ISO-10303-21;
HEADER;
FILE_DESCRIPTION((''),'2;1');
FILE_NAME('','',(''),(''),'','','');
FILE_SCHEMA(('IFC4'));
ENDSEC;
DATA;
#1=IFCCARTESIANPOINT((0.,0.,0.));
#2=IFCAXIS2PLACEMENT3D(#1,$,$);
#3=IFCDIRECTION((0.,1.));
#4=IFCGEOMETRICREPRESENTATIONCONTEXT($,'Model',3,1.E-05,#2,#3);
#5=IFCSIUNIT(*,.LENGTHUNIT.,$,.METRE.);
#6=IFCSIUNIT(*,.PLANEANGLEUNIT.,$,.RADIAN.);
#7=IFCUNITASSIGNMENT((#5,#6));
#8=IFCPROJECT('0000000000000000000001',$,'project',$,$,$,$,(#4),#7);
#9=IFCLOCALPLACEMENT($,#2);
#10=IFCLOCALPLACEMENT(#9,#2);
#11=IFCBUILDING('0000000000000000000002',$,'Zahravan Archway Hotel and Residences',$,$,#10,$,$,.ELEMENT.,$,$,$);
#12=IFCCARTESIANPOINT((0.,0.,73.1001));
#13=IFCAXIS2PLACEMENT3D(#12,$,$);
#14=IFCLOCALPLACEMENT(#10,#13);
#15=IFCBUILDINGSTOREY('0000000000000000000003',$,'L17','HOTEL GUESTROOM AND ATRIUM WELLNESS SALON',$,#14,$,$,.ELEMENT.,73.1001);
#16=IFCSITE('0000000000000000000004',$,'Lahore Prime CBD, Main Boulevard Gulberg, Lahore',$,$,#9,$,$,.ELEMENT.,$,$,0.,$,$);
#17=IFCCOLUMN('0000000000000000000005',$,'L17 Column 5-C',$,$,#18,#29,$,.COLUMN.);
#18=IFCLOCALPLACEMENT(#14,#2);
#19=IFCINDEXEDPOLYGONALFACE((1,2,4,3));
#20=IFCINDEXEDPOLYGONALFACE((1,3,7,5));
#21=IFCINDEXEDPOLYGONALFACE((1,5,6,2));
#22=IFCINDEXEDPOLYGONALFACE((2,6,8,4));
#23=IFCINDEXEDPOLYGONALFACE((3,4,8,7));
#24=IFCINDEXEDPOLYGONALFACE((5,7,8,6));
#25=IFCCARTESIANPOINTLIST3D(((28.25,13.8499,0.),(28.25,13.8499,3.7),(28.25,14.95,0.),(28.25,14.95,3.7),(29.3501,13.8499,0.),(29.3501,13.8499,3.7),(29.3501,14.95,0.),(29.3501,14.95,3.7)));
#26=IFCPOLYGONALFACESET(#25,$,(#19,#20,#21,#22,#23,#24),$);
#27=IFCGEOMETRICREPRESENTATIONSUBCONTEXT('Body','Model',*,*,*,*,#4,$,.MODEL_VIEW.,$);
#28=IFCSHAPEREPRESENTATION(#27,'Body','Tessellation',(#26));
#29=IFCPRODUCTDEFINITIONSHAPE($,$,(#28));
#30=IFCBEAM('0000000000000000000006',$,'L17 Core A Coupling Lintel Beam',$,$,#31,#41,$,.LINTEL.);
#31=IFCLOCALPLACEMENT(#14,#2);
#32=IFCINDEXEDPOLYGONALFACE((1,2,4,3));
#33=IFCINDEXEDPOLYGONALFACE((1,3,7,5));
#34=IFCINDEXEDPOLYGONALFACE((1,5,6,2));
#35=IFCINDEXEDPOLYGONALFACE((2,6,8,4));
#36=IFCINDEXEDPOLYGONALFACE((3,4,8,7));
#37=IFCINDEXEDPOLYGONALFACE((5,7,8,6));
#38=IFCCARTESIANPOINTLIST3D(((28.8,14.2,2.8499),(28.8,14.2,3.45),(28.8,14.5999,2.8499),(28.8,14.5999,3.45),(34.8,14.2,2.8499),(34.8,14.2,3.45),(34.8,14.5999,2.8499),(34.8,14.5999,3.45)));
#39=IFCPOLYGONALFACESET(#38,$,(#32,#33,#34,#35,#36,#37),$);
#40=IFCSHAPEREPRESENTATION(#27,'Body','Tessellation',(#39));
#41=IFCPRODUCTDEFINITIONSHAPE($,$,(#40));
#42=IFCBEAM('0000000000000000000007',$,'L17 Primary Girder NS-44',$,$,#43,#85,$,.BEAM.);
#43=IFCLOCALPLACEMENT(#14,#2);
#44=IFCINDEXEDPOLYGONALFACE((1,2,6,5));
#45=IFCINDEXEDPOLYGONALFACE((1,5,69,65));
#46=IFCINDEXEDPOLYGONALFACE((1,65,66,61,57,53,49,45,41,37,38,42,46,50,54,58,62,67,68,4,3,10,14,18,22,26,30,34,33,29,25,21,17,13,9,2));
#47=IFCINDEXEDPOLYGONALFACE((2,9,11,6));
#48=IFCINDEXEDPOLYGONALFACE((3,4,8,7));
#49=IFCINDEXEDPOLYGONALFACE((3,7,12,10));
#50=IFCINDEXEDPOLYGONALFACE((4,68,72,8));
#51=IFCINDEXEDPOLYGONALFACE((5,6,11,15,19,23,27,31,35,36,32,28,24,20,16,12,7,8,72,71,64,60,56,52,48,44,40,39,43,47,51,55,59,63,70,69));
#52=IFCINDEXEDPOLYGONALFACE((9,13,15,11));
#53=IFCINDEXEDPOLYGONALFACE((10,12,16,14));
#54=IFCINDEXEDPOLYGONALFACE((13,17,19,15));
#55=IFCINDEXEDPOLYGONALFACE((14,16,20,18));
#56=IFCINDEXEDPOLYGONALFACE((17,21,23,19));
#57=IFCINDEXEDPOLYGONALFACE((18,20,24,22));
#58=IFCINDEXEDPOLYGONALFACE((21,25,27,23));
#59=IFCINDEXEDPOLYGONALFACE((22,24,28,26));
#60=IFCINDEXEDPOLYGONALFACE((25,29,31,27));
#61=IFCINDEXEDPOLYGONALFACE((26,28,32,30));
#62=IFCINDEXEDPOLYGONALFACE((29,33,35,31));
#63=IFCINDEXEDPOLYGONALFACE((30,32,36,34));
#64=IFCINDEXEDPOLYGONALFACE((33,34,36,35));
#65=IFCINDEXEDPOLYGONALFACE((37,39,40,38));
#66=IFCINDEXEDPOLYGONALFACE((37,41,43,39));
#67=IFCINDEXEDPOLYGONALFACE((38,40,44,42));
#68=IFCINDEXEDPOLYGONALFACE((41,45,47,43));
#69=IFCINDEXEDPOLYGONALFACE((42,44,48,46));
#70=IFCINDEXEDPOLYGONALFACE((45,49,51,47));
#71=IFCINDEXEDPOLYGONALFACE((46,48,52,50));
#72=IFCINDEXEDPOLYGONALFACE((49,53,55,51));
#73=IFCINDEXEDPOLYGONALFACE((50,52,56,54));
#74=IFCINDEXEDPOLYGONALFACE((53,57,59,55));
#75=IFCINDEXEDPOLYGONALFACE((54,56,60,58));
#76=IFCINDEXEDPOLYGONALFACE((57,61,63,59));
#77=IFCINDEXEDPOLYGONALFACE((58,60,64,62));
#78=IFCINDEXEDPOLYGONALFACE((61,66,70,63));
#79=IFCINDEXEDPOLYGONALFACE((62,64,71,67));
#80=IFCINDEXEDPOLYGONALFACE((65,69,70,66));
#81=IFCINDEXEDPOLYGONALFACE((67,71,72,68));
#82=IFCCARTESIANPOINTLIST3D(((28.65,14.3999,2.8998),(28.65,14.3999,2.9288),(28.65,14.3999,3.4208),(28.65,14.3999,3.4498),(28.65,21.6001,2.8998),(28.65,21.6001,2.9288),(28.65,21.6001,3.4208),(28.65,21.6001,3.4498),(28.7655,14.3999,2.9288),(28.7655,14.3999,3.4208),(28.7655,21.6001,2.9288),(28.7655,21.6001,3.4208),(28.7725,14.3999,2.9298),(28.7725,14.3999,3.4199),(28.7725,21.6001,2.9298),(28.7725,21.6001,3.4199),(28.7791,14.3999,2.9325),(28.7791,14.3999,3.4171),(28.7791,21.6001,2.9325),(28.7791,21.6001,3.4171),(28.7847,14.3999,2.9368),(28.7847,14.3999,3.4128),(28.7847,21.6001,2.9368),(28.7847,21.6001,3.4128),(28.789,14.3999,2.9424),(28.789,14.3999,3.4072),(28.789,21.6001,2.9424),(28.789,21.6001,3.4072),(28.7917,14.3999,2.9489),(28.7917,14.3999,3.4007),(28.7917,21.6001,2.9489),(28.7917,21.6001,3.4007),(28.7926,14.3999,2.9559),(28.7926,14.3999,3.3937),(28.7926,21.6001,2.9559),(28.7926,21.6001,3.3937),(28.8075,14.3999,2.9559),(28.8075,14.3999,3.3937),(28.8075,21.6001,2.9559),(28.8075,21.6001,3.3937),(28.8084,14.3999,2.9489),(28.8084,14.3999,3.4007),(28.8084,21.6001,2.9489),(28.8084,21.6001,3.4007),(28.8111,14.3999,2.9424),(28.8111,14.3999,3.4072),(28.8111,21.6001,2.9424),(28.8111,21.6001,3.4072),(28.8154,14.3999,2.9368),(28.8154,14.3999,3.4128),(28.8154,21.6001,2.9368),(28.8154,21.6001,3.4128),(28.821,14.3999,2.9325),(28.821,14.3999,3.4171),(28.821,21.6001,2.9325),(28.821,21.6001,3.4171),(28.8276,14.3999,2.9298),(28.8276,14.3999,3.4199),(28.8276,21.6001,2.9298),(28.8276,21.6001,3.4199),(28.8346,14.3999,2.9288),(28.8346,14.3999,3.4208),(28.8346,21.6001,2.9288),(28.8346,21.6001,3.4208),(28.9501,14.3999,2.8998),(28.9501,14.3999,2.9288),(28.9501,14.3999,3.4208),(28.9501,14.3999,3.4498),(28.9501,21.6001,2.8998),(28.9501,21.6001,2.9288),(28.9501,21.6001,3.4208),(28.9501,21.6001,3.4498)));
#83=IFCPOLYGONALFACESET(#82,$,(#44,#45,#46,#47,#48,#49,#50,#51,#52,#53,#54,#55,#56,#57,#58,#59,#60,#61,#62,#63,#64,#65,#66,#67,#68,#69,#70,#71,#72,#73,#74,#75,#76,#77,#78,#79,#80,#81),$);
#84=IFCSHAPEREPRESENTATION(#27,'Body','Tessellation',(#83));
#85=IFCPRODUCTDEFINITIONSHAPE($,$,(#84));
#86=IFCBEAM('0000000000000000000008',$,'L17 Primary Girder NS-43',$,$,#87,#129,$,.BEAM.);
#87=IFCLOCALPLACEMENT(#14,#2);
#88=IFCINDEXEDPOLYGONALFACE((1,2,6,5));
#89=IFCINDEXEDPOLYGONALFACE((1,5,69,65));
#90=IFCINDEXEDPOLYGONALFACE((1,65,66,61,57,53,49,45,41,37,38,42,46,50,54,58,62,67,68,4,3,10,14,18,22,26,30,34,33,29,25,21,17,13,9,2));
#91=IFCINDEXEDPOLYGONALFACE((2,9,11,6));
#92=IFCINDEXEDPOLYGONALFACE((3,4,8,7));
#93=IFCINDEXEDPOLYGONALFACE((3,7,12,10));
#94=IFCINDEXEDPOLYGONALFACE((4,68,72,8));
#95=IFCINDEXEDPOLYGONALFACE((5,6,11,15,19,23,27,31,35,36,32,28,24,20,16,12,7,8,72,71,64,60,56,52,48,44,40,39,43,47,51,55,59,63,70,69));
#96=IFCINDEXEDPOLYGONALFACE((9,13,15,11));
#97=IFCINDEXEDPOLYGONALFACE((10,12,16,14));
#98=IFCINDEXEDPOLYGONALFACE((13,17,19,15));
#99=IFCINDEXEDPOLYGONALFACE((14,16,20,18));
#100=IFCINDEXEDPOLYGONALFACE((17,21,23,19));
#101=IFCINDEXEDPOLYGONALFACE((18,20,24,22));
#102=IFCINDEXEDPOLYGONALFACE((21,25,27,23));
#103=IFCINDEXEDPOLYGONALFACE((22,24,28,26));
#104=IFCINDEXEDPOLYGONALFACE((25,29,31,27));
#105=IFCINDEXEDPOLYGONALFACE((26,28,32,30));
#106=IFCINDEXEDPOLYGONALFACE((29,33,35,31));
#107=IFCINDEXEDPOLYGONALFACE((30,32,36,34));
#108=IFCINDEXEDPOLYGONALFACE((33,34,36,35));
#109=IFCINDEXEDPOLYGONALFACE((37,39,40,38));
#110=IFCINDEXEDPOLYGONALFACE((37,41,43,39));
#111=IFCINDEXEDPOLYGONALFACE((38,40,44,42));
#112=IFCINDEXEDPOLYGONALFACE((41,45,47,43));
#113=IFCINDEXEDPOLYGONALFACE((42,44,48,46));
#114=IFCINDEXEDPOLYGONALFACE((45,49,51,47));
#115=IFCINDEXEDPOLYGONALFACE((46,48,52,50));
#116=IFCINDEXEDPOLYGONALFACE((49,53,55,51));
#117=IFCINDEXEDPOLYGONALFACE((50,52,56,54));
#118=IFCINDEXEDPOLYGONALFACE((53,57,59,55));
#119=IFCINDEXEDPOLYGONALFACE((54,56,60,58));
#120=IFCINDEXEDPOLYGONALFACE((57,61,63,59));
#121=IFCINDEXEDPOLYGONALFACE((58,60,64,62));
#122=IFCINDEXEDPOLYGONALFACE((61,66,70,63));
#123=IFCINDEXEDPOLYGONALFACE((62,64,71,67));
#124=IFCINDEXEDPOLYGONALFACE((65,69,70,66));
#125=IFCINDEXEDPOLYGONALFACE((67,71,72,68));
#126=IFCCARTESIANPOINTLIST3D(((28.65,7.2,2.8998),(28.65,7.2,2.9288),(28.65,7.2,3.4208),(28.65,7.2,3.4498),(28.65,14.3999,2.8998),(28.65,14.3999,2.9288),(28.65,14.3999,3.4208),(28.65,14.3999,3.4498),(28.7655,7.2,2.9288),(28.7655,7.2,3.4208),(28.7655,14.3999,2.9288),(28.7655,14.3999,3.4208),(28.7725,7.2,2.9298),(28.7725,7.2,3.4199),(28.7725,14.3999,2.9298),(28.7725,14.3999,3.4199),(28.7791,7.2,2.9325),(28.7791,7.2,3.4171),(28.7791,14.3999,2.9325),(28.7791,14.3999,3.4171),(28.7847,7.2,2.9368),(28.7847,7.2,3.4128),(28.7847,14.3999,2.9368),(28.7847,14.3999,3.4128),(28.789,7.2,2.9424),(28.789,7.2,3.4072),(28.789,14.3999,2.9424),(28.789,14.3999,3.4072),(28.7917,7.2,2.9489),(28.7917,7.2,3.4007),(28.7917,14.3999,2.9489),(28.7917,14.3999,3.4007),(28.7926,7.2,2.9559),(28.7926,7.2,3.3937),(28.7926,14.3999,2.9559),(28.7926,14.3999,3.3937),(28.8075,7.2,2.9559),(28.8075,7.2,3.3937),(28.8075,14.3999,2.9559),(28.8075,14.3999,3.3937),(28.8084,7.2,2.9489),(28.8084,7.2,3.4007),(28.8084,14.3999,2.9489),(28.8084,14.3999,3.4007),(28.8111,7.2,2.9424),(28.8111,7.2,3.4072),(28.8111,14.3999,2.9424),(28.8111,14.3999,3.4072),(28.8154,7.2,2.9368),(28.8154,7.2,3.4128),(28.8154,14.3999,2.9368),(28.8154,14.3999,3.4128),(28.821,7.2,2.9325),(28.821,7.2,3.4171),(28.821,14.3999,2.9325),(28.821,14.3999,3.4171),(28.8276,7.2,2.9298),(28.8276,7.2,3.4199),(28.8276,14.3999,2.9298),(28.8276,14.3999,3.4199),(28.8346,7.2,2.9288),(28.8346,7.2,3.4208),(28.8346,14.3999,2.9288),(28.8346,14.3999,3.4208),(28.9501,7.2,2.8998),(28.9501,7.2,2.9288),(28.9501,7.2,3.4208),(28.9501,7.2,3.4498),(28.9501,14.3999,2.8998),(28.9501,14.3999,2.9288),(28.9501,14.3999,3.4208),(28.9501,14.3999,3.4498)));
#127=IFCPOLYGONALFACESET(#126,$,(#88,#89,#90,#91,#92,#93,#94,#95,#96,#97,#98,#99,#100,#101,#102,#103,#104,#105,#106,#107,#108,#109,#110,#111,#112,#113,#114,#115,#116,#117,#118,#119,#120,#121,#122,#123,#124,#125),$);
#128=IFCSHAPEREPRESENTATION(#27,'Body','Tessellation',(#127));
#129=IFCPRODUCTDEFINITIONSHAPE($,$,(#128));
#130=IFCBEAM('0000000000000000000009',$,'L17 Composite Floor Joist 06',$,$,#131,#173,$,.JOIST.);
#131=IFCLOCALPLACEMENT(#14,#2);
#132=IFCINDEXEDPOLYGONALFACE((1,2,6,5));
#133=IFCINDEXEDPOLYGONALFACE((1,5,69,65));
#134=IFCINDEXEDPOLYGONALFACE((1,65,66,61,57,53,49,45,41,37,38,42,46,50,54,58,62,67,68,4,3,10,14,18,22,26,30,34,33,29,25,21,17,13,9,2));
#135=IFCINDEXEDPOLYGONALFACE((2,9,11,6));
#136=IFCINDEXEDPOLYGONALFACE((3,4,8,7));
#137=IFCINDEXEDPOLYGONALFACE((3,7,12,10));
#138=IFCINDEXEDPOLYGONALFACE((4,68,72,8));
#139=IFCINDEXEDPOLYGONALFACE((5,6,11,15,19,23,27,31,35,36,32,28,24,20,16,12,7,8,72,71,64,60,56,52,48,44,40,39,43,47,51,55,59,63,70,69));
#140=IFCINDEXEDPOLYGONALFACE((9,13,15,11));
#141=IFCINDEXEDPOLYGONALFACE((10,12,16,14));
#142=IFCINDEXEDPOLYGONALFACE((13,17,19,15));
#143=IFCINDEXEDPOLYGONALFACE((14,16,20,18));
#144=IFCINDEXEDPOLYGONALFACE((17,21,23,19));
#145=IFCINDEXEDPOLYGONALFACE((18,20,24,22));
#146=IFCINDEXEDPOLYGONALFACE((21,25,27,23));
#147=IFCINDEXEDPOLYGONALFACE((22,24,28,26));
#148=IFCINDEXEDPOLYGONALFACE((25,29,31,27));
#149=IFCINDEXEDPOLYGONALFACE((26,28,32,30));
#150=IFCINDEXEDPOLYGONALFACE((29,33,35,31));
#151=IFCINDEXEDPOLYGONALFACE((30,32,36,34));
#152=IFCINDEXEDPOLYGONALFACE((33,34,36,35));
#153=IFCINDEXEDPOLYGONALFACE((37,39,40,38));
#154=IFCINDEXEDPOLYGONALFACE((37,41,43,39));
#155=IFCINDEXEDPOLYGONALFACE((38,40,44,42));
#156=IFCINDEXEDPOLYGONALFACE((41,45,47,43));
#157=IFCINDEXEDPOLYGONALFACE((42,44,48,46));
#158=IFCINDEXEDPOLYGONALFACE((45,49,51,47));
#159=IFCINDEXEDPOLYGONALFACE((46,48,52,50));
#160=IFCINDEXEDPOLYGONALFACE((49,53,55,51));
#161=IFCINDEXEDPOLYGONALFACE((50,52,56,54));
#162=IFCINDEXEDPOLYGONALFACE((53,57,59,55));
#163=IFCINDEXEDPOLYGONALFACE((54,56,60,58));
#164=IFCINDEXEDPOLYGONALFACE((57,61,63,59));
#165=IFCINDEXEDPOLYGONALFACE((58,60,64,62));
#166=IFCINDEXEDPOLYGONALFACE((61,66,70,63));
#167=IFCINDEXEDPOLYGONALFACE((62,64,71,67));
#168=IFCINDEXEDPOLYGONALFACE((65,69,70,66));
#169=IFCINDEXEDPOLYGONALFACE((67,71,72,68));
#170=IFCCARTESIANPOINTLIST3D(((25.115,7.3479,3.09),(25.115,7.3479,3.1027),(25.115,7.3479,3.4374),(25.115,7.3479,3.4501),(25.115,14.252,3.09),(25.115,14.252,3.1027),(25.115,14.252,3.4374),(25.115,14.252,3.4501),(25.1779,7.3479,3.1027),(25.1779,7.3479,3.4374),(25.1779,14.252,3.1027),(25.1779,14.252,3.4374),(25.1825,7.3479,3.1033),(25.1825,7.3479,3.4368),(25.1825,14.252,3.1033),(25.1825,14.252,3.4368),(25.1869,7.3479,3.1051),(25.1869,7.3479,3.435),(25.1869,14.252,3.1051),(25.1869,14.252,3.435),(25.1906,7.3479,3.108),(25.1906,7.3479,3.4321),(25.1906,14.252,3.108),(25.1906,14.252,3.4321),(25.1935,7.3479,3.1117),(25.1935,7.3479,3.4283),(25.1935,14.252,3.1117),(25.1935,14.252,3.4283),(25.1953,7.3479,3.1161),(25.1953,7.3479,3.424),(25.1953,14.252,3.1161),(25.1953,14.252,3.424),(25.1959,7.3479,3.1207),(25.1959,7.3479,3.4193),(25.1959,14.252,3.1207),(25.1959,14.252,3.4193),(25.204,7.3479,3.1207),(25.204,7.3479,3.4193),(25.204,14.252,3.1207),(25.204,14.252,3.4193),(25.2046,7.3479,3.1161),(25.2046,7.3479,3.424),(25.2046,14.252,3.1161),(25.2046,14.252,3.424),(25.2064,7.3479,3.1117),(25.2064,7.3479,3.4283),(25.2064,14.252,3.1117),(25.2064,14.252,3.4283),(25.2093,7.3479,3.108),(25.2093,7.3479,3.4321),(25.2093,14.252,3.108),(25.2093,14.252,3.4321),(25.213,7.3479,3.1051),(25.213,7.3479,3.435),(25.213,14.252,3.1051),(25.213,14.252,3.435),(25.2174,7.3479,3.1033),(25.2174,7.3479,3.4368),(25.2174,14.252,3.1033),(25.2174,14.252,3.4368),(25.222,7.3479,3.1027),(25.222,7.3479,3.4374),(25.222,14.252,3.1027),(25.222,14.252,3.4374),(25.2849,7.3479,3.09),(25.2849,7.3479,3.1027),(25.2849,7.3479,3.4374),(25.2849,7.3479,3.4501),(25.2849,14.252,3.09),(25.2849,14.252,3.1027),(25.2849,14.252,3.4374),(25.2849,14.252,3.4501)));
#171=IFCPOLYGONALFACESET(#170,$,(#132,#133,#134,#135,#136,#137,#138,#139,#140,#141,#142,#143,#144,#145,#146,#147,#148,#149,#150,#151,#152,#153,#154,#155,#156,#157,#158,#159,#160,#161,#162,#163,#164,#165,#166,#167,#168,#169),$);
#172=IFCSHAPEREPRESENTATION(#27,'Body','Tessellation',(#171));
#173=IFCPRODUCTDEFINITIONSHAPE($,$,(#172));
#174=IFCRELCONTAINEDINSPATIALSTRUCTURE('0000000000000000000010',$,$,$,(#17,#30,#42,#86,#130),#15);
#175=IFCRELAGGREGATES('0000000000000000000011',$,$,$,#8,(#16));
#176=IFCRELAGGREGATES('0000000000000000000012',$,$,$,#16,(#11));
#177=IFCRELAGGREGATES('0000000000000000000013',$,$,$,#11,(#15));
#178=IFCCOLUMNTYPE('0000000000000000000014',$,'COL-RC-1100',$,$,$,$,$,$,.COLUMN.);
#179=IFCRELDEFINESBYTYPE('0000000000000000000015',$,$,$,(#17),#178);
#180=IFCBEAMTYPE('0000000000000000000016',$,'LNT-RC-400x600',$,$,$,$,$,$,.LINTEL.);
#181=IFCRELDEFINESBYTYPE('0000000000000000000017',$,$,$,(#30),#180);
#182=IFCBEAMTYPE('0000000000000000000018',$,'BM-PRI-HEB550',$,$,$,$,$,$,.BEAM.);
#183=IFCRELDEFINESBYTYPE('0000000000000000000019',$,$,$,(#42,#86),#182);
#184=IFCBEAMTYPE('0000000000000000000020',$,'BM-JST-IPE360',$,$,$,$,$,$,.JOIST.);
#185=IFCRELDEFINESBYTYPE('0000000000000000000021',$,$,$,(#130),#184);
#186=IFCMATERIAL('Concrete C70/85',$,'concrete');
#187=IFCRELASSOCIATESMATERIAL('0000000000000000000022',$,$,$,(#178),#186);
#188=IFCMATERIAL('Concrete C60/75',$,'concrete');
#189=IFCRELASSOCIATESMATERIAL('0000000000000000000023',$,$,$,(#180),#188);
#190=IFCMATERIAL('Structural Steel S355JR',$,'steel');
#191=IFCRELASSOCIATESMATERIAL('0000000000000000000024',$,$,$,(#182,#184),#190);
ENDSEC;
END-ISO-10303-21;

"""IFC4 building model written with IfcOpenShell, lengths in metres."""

from ifc_helpers import new_model, si_unit, direction, frame, origin, origin_2d, place, context, subcontext, project, spatial, rectangle, i_section, extrude, source, transform, mapped, material, material_profile, profile_set, type_object, type_shapes, element, save


model = new_model("IFC4")

# Units and contexts
model_context = context("Model", 3, precision=1e-05, world=origin(), true_north=direction((0.0, 1.0)))
body_context = subcontext(model_context, "Body", "Model", "MODEL_VIEW")
ifc_project = project(units=[si_unit("LENGTHUNIT", "METRE"), si_unit("PLANEANGLEUNIT", "RADIAN")], contexts=[model_context])

# Site, building, storey
site_placement = place(None, origin())
site = spatial("IfcSite", under=ifc_project, at=site_placement, Name="Lahore Prime CBD, Main Boulevard Gulberg, Lahore", CompositionType="ELEMENT", RefElevation=0.0)
building_placement = place(site_placement, origin())
building = spatial("IfcBuilding", under=site, at=building_placement, Name="Zahravan Archway Hotel and Residences", CompositionType="ELEMENT")
storey_placement = place(building_placement, frame((0.0, 0.0, 73.1001)))
storey = spatial("IfcBuildingStorey", under=building, at=storey_placement, Name="L17", Description="HOTEL GUESTROOM AND ATRIUM WELLNESS SALON", CompositionType="ELEMENT", Elevation=73.1001)

# Column
ifc_material_1 = material(Name="Concrete C70/85", Category="concrete")
ifc_material_profile_1 = material_profile(ifc_material_1, rectangle(XDim=1.1001, YDim=1.1001, at=origin_2d()), Name="RC 1100x1100", Category="concrete")
ifc_profile_set_1 = profile_set([ifc_material_profile_1], Name="Concrete C70/85")
column_type = type_object("IfcColumnType", Name="COL-RC-1100", PredefinedType="COLUMN", material=ifc_profile_set_1)
shared_shape_1 = source(origin(), body_context, "Body", "SweptSolid", [
    extrude(rectangle(XDim=1.1001, YDim=1.1001, at=origin_2d()), origin(), (0.0, 0.0, 1.0), 3.7),
])
column_placement = place(storey_placement, frame((28.8, 14.3999, 0.0), z_axis=(0.0, 0.0, 1.0), x_axis=(1.0, 0.0, 0.0)))
element("IfcColumn", 1, at=column_placement, inside=storey, type_object=column_type, Name="L17 Column 5-C", PredefinedType="COLUMN", context=body_context, shape_type="MappedRepresentation", body=[
    mapped(shared_shape_1, transform((0.0, 0.0, 0.0), scale=1.0)),
])

# Beams
ifc_material_2 = material(Name="Concrete C60/75", Category="concrete")
ifc_material_profile_2 = material_profile(ifc_material_2, rectangle(XDim=0.3999, YDim=0.6001, at=origin_2d()), Name="RC-LNT-400x600", Category="concrete")
ifc_profile_set_2 = profile_set([ifc_material_profile_2], Name="Concrete C60/75")
beam_type_1 = type_object("IfcBeamType", Name="LNT-RC-400x600", PredefinedType="LINTEL", material=ifc_profile_set_2)
shared_shape_2 = source(origin(), body_context, "Body", "SweptSolid", [
    extrude(rectangle(XDim=0.3999, YDim=0.6001, at=origin_2d()), origin(), (0.0, 0.0, 1.0), 6.0),
])
type_shapes(beam_type_1, [shared_shape_2])
beam_1_placement = place(storey_placement, frame((28.8, 14.3999, 3.1499), z_axis=(1.0, 0.0, 0.0), x_axis=(0.0, 1.0, 0.0)))
element("IfcBeam", 2, at=beam_1_placement, inside=storey, type_object=beam_type_1, Name="L17 Core A Coupling Lintel Beam", PredefinedType="LINTEL", context=body_context, shape_type="MappedRepresentation", body=[
    mapped(shared_shape_2, transform((0.0, 0.0, 0.0), scale=1.0)),
])
ifc_material_3 = material(Name="Structural Steel S355JR", Category="steel")
ifc_material_profile_3 = material_profile(ifc_material_3, i_section(OverallWidth=0.3, OverallDepth=0.55, WebThickness=0.0149, FlangeThickness=0.0291, FilletRadius=0.0271, at=origin_2d()), Name="HEB 550", Category="steel")
ifc_profile_set_3 = profile_set([ifc_material_profile_3], Name="Structural Steel S355JR")
beam_type_2 = type_object("IfcBeamType", Name="BM-PRI-HEB550", PredefinedType="BEAM", material=ifc_profile_set_3)
shared_shape_3 = source(origin(), body_context, "Body", "SweptSolid", [
    extrude(i_section(OverallWidth=0.3, OverallDepth=0.55, WebThickness=0.0149, FlangeThickness=0.0291, FilletRadius=0.0271, at=origin_2d()), origin(), (0.0, 0.0, 1.0), 7.2002),
])
type_shapes(beam_type_2, [shared_shape_3])
beam_2_placement = place(storey_placement, frame((28.8, 14.3999, 3.1748), z_axis=(0.0, 1.0, 0.0), x_axis=(-1.0, 0.0, 0.0)))
element("IfcBeam", 3, at=beam_2_placement, inside=storey, type_object=beam_type_2, Name="L17 Primary Girder NS-44", PredefinedType="BEAM", context=body_context, shape_type="MappedRepresentation", body=[
    mapped(shared_shape_3, transform((0.0, 0.0, 0.0), scale=1.0)),
])
shared_shape_4 = source(origin(), body_context, "Body", "SweptSolid", [
    extrude(i_section(OverallWidth=0.3, OverallDepth=0.55, WebThickness=0.0149, FlangeThickness=0.0291, FilletRadius=0.0271, at=origin_2d()), origin(), (0.0, 0.0, 1.0), 7.2),
])
beam_3_placement = place(storey_placement, frame((28.8, 7.2, 3.1748), z_axis=(0.0, 1.0, 0.0), x_axis=(-1.0, 0.0, 0.0)))
element("IfcBeam", 4, at=beam_3_placement, inside=storey, type_object=beam_type_2, Name="L17 Primary Girder NS-43", PredefinedType="BEAM", context=body_context, shape_type="MappedRepresentation", body=[
    mapped(shared_shape_4, transform((0.0, 0.0, 0.0), scale=1.0)),
])
ifc_material_profile_4 = material_profile(ifc_material_3, i_section(OverallWidth=0.1699, OverallDepth=0.3601, WebThickness=0.0081, FlangeThickness=0.0127, FilletRadius=0.0181, at=origin_2d()), Name="IPE 360", Category="steel")
ifc_profile_set_4 = profile_set([ifc_material_profile_4], Name="Structural Steel S355JR")
beam_type_3 = type_object("IfcBeamType", Name="BM-JST-IPE360", PredefinedType="JOIST", material=ifc_profile_set_4)
shared_shape_5 = source(origin(), body_context, "Body", "SweptSolid", [
    extrude(i_section(OverallWidth=0.1699, OverallDepth=0.3601, WebThickness=0.0081, FlangeThickness=0.0127, FilletRadius=0.0181, at=origin_2d()), origin(), (0.0, 0.0, 1.0), 6.9041),
])
type_shapes(beam_type_3, [shared_shape_5])
beam_4_placement = place(storey_placement, frame((25.2, 7.3479, 3.27), z_axis=(0.0, 1.0, 0.0), x_axis=(-1.0, 0.0, 0.0)))
element("IfcBeam", 5, at=beam_4_placement, inside=storey, type_object=beam_type_3, Name="L17 Composite Floor Joist 06", PredefinedType="JOIST", context=body_context, shape_type="MappedRepresentation", body=[
    mapped(shared_shape_5, transform((0.0, 0.0, 0.0), scale=1.0)),
])

save(model, "model.ifc")
